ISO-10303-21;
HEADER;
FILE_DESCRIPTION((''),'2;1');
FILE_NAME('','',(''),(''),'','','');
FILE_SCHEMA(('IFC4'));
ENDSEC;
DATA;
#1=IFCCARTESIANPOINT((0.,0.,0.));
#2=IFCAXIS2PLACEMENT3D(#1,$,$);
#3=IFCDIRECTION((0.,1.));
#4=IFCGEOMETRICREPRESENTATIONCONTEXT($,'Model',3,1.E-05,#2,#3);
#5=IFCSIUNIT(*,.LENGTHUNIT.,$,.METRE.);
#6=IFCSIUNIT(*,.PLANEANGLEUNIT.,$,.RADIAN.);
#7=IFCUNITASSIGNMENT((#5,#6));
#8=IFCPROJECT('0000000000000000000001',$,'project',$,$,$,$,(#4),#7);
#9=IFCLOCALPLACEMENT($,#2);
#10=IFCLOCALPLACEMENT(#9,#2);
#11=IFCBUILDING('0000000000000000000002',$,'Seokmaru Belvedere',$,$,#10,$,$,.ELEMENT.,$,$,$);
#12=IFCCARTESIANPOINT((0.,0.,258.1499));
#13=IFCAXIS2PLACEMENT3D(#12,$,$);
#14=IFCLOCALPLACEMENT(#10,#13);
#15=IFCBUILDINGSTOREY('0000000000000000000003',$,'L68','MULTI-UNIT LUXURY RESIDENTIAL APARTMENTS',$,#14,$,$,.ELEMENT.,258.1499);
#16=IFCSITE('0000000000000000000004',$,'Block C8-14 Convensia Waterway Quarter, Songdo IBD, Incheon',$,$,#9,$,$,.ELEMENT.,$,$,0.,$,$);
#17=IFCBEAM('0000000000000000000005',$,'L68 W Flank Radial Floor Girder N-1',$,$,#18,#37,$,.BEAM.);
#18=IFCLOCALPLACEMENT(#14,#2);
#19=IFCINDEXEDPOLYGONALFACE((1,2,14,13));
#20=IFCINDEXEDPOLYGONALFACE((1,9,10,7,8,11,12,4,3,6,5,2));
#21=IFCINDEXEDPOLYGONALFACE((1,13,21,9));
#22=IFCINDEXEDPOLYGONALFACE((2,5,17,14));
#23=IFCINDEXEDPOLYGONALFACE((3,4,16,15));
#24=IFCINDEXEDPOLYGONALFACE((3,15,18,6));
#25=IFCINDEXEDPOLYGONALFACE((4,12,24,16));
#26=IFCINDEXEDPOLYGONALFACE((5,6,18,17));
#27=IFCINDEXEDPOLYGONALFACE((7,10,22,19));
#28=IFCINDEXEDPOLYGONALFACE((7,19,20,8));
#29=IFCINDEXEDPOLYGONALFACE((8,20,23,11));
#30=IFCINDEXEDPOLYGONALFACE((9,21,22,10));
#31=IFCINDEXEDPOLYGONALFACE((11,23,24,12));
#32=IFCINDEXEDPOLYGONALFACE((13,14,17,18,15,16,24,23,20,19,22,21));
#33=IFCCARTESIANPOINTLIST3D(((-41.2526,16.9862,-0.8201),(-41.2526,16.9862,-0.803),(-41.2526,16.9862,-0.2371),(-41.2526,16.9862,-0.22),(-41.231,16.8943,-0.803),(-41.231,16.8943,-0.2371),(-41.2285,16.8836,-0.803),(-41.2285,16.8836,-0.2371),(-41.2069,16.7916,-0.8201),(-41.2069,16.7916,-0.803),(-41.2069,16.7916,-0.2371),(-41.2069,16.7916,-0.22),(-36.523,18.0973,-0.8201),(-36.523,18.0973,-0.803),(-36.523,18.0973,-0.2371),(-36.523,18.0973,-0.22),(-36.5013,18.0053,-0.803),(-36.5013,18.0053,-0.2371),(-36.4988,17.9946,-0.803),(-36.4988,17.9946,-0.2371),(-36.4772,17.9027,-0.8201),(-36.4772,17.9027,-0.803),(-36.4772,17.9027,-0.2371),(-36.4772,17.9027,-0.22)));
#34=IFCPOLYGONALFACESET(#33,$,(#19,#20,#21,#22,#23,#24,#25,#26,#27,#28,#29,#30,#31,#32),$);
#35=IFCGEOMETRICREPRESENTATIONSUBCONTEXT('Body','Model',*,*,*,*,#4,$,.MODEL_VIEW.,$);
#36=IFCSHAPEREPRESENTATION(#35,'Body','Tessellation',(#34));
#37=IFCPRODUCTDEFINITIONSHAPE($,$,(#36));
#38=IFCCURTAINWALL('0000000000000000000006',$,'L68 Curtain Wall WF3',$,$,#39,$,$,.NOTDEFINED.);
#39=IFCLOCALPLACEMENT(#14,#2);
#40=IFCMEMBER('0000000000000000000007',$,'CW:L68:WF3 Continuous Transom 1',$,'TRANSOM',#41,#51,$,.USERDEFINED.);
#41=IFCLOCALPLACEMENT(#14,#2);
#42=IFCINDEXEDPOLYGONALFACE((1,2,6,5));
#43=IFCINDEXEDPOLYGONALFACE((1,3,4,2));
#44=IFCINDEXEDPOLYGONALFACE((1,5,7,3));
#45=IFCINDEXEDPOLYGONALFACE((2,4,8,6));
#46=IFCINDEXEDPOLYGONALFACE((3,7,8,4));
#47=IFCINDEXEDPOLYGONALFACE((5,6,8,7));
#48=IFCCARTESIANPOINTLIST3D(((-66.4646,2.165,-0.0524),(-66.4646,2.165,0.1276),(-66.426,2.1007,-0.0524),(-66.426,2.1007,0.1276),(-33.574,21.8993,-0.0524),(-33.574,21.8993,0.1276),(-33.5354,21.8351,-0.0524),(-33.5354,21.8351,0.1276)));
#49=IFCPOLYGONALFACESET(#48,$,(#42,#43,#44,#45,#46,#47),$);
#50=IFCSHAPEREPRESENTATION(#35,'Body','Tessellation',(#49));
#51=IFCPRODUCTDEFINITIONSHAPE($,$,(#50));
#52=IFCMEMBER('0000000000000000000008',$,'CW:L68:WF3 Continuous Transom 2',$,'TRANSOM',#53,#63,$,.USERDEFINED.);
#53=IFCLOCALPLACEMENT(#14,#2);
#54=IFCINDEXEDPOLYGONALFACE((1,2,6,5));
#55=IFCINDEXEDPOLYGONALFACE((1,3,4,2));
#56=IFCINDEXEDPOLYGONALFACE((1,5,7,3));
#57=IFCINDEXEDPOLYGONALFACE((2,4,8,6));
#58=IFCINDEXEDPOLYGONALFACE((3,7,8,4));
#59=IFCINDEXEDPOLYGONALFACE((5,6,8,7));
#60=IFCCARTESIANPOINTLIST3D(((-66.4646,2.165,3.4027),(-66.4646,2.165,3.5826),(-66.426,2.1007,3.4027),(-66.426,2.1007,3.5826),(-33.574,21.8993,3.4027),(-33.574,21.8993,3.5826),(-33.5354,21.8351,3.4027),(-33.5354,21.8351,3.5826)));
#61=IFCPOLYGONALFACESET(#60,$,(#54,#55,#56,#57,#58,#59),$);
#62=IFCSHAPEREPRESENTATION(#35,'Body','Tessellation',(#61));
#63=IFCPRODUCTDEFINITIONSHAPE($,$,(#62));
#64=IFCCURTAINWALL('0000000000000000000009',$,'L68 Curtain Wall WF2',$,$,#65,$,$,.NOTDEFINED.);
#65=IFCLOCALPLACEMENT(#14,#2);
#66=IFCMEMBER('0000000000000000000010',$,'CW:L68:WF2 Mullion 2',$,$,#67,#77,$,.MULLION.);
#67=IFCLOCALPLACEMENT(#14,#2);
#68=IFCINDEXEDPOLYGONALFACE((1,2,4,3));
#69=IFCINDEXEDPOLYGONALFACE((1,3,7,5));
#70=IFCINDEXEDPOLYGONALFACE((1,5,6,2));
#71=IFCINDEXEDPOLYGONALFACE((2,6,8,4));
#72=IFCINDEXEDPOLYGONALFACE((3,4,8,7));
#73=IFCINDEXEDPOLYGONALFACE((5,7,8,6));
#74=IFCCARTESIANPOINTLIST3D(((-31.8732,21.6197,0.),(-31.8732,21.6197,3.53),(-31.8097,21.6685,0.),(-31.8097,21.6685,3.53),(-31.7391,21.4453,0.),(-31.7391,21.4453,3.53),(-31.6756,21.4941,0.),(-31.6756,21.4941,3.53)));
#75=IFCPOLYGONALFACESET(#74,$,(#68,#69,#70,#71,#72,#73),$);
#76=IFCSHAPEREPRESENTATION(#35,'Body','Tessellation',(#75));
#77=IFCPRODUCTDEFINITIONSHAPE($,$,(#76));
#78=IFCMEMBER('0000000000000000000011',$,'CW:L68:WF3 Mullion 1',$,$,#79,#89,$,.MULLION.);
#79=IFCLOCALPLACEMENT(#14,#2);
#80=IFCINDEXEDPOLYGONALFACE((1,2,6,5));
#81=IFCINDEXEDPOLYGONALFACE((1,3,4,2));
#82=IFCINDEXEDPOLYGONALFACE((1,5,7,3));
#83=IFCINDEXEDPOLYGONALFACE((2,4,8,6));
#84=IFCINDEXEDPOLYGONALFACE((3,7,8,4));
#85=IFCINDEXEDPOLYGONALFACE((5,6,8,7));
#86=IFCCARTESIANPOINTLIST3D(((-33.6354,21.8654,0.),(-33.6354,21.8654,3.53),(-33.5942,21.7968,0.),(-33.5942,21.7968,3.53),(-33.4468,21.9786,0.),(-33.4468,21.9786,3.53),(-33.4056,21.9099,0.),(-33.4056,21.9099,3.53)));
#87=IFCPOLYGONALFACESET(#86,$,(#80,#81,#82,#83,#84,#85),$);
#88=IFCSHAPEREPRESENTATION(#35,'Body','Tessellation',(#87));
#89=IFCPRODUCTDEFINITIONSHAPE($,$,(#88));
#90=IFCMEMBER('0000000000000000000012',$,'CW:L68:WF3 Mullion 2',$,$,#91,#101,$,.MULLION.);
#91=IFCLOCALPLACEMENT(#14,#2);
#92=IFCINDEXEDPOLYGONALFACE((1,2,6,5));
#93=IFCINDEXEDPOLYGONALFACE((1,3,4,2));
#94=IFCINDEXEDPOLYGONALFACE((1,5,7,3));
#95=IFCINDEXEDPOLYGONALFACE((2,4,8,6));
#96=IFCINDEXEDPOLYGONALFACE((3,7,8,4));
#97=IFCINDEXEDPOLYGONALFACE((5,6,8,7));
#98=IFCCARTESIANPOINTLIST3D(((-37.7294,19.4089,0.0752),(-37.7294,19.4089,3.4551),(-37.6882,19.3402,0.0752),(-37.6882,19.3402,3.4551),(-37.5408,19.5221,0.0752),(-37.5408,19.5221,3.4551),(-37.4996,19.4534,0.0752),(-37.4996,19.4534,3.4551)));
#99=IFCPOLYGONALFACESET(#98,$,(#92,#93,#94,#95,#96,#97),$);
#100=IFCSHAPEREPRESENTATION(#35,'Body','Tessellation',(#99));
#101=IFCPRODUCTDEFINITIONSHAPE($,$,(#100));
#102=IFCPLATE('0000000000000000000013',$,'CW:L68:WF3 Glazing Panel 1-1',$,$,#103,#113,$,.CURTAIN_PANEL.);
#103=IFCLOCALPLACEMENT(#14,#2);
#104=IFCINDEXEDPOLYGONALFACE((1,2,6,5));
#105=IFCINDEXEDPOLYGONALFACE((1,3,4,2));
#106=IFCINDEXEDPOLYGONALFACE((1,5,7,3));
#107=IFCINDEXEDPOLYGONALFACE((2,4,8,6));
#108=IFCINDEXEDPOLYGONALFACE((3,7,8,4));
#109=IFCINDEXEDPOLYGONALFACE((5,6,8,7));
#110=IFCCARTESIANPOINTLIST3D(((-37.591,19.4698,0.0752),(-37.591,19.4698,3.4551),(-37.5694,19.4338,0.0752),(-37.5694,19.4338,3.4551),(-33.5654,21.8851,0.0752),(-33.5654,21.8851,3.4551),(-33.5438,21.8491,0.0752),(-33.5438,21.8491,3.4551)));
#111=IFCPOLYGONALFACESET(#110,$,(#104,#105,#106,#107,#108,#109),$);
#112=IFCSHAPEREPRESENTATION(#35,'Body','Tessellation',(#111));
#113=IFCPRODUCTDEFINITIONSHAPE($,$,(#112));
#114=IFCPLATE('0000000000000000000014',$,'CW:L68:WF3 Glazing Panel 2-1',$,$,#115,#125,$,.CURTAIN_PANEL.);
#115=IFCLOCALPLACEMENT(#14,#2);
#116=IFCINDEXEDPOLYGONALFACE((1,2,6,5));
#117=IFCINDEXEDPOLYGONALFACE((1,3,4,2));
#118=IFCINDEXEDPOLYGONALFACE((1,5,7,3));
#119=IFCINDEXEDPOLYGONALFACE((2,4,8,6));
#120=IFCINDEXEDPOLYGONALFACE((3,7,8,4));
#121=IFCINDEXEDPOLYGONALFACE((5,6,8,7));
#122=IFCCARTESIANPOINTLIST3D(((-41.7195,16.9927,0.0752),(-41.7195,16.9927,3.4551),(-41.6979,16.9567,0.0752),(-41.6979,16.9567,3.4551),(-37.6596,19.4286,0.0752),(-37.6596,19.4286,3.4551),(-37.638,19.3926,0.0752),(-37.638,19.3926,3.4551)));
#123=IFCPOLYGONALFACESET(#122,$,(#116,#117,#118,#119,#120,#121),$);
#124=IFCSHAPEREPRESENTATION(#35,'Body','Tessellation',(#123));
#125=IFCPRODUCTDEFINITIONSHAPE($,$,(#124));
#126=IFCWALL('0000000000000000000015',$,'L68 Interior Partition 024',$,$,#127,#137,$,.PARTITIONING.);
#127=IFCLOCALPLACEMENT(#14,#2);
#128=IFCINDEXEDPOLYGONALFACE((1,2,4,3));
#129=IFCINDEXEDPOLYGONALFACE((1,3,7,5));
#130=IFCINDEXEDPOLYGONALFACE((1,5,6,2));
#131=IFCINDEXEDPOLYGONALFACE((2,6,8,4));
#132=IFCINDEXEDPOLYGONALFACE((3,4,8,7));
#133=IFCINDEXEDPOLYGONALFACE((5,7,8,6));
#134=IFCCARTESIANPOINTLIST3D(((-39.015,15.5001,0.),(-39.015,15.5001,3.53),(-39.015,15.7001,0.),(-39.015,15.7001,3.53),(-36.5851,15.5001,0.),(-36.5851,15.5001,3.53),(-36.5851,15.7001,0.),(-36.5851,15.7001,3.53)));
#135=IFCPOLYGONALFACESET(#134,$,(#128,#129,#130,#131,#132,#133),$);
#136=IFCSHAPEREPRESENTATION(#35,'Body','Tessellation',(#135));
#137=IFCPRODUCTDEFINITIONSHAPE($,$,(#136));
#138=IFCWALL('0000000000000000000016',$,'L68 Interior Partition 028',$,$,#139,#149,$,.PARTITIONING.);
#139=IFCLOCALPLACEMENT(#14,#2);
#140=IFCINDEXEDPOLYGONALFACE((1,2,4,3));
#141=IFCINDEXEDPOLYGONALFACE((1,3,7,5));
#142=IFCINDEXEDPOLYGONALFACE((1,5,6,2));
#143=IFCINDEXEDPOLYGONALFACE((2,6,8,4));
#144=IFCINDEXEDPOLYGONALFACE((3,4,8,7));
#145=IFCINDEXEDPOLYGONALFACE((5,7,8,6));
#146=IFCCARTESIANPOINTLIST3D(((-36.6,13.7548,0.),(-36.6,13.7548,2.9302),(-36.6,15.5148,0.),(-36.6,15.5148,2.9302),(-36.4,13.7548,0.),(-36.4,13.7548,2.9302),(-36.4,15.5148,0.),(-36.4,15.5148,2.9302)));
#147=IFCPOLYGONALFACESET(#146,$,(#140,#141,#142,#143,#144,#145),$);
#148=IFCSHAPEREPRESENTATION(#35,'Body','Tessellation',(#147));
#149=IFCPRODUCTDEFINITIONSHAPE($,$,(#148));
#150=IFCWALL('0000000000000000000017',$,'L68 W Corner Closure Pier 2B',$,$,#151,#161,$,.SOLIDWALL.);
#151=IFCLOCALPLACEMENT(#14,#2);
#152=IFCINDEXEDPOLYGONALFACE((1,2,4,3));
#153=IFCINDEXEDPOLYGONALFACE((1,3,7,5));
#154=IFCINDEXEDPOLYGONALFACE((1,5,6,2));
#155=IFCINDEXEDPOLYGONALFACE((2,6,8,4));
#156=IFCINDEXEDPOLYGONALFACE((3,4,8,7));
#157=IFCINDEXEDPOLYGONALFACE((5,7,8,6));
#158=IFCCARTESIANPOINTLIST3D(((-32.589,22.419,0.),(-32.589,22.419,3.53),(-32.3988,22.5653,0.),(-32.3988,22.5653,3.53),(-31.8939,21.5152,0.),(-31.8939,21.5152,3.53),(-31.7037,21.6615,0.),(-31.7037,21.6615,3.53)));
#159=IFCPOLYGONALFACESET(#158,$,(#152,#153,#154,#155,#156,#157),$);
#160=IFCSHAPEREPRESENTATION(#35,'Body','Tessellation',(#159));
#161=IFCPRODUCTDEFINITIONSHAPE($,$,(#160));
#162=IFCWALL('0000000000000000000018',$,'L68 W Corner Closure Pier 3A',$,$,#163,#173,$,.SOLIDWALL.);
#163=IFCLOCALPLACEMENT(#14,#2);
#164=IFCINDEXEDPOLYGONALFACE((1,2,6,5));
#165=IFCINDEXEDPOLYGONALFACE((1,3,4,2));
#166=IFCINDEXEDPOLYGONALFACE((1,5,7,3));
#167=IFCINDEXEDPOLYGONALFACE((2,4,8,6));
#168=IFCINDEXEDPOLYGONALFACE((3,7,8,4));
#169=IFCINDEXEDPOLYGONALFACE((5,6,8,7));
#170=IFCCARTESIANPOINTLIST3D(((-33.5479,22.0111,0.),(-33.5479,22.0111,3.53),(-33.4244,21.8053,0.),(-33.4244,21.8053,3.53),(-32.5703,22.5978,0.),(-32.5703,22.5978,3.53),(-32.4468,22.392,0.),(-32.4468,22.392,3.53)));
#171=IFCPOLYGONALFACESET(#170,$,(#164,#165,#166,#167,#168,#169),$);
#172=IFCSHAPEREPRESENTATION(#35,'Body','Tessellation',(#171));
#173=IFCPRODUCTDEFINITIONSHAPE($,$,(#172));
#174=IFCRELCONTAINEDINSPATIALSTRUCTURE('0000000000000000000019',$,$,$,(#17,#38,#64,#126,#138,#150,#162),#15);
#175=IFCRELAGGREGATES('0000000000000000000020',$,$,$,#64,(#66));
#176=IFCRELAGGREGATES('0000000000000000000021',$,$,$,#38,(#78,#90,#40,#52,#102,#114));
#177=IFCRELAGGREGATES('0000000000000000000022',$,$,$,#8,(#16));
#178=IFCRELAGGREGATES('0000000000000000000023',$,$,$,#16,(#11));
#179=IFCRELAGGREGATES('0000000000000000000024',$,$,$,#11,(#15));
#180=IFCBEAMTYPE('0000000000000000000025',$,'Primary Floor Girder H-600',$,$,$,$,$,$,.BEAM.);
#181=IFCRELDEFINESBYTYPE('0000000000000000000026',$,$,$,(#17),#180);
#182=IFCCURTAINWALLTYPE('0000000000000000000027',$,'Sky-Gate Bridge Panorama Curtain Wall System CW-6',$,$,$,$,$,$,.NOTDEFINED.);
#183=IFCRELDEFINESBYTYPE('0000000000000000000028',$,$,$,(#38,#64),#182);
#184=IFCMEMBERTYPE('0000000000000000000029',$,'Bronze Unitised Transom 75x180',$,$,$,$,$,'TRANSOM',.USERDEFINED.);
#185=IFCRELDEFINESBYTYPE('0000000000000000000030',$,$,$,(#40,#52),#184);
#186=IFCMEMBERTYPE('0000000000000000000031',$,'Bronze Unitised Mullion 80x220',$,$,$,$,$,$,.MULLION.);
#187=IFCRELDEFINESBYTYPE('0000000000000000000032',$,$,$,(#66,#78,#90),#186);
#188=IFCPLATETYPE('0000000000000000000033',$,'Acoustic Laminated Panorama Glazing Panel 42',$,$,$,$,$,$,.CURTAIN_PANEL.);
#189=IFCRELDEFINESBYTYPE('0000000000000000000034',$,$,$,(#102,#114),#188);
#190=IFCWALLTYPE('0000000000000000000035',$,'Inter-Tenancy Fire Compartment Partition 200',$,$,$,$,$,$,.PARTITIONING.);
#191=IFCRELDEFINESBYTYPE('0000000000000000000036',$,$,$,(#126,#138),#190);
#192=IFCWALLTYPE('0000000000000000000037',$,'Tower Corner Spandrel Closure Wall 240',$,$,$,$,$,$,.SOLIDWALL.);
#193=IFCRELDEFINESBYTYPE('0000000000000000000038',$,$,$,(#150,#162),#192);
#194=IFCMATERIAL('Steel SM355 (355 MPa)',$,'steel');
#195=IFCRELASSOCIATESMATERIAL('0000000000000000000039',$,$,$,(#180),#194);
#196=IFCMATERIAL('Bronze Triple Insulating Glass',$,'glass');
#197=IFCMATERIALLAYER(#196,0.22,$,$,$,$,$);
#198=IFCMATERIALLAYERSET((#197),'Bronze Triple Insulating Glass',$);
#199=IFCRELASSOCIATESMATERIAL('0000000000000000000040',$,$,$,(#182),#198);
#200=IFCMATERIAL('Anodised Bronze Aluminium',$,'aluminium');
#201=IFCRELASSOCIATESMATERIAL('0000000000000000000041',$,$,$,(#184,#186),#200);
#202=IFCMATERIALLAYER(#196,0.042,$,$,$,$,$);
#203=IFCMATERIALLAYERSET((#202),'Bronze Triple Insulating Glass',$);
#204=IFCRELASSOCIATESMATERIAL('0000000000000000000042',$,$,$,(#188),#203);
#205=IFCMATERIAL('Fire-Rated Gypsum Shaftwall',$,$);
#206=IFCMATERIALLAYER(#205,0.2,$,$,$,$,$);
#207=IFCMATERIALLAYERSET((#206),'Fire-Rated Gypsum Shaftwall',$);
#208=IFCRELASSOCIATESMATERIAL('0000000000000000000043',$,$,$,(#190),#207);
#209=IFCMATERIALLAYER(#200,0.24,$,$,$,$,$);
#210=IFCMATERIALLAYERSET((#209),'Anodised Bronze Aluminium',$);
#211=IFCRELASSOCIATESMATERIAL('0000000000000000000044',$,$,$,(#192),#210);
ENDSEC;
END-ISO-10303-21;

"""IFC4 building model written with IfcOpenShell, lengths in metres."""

from ifc_helpers import new_model, si_unit, direction, frame, frame_2d, origin, origin_2d, place, context, subcontext, project, spatial, rectangle, i_section, extrude, source, transform, mapped, material, layer, layer_set, material_profile, profile_set, type_object, type_shapes, element, aggregate, save


model = new_model("IFC4")

# Units and contexts
model_context = context("Model", 3, precision=1e-05, world=origin(), true_north=direction((0.0, 1.0)))
body_context = subcontext(model_context, "Body", "Model", "MODEL_VIEW")
ifc_project = project(units=[si_unit("LENGTHUNIT", "METRE"), si_unit("PLANEANGLEUNIT", "RADIAN")], contexts=[model_context])

# Site, building, storey
site_placement = place(None, origin())
site = spatial("IfcSite", under=ifc_project, at=site_placement, Name="Block C8-14 Convensia Waterway Quarter, Songdo IBD, Incheon", CompositionType="ELEMENT", RefElevation=0.0)
building_placement = place(site_placement, origin())
building = spatial("IfcBuilding", under=site, at=building_placement, Name="Seokmaru Belvedere", CompositionType="ELEMENT")
storey_placement = place(building_placement, frame((0.0, 0.0, 258.1499)))
storey = spatial("IfcBuildingStorey", under=building, at=storey_placement, Name="L68", Description="MULTI-UNIT LUXURY RESIDENTIAL APARTMENTS", CompositionType="ELEMENT", Elevation=258.1499)

# Shared definitions
ifc_material_1 = material(Name="Steel SM355 (355 MPa)", Category="steel")

# Beam
ifc_material_profile_1 = material_profile(ifc_material_1, i_section(OverallWidth=0.2, OverallDepth=0.6001, WebThickness=0.011, FlangeThickness=0.0171, at=origin_2d()), Name="H-600x200x11x17")
ifc_profile_set_1 = profile_set([ifc_material_profile_1], Name="Steel SM355 (355 MPa)")
beam_type_1 = type_object("IfcBeamType", Name="Primary Floor Girder H-600", PredefinedType="BEAM", material=ifc_profile_set_1)
shared_shape_1 = source(origin(), body_context, "Body", "SweptSolid", [
    extrude(i_section(OverallWidth=0.2, OverallDepth=0.6001, WebThickness=0.011, FlangeThickness=0.0171, at=origin_2d()), origin(), (0.0, 0.0, 1.0), 4.8584),
])
beam_1_placement = place(storey_placement, frame((-41.2297, 16.8889, -0.52), z_axis=(0.973499, 0.228689, 0.0), x_axis=(-0.228689, 0.973499, 0.0)))
element("IfcBeam", 1, at=beam_1_placement, inside=storey, type_object=beam_type_1, Name="L68 W Flank Radial Floor Girder N-1", PredefinedType="BEAM", context=body_context, shape_type="MappedRepresentation", body=[
    mapped(shared_shape_1, transform((0.0, 0.0, 0.0), scale=1.0)),
])

# Curtain wall, members
ifc_material_2 = material(Name="Bronze Triple Insulating Glass", Category="glass")
ifc_layer_1 = layer(ifc_material_2, 0.22)
ifc_layer_set_1 = layer_set([ifc_layer_1], Name="Bronze Triple Insulating Glass")
curtain_wall_type = type_object("IfcCurtainWallType", Name="Sky-Gate Bridge Panorama Curtain Wall System CW-6", PredefinedType="NOTDEFINED", material=ifc_layer_set_1)
curtain_wall_1_placement = place(storey_placement, origin())
curtain_wall_1 = element("IfcCurtainWall", 2, at=curtain_wall_1_placement, inside=storey, type_object=curtain_wall_type, Name="L68 Curtain Wall WF3", PredefinedType="NOTDEFINED")
ifc_material_3 = material(Name="Anodised Bronze Aluminium", Category="aluminium")
ifc_material_profile_2 = material_profile(ifc_material_3, rectangle(XDim=0.075, YDim=0.1799, at=origin_2d()), Name="CW-T-75x180")
ifc_profile_set_2 = profile_set([ifc_material_profile_2], Name="Anodised Bronze Aluminium")
member_type_1 = type_object("IfcMemberType", Name="Bronze Unitised Transom 75x180", ElementType="TRANSOM", PredefinedType="USERDEFINED", material=ifc_profile_set_2)
shared_shape_2 = source(origin(), body_context, "Body", "SweptSolid", [
    extrude(rectangle(XDim=0.075, YDim=0.1799, at=origin_2d()), origin(), (0.0, 0.0, 1.0), 38.3567),
])
type_shapes(member_type_1, [shared_shape_2])
member_1_placement = place(storey_placement, frame((-33.5547, 21.8672, 0.0376), z_axis=(-0.857493, -0.514496, 0.0), x_axis=(0.514496, -0.857493, 0.0)))
member_1 = element("IfcMember", 3, at=member_1_placement, type_object=member_type_1, Name="CW:L68:WF3 Continuous Transom 1", ObjectType="TRANSOM", PredefinedType="USERDEFINED", context=body_context, shape_type="MappedRepresentation", body=[
    mapped(shared_shape_2, transform((0.0, 0.0, 0.0), scale=1.0)),
])
member_2_placement = place(storey_placement, frame((-33.5547, 21.8672, 3.4927), z_axis=(-0.857493, -0.514496, 0.0), x_axis=(0.514496, -0.857493, 0.0)))
member_2 = element("IfcMember", 4, at=member_2_placement, type_object=member_type_1, Name="CW:L68:WF3 Continuous Transom 2", ObjectType="TRANSOM", PredefinedType="USERDEFINED", context=body_context, shape_type="MappedRepresentation", body=[
    mapped(shared_shape_2, transform((0.0, 0.0, 0.0), scale=1.0)),
])

# Curtain wall, member
curtain_wall_2_placement = place(storey_placement, origin())
curtain_wall_2 = element("IfcCurtainWall", 5, at=curtain_wall_2_placement, inside=storey, type_object=curtain_wall_type, Name="L68 Curtain Wall WF2", PredefinedType="NOTDEFINED")
ifc_material_profile_3 = material_profile(ifc_material_3, rectangle(XDim=0.0801, YDim=0.22, at=origin_2d()), Name="CW-M-80x220")
ifc_profile_set_3 = profile_set([ifc_material_profile_3], Name="Anodised Bronze Aluminium")
member_type_2 = type_object("IfcMemberType", Name="Bronze Unitised Mullion 80x220", PredefinedType="MULLION", material=ifc_profile_set_3)
shared_shape_3 = source(origin(), body_context, "Body", "SweptSolid", [
    extrude(rectangle(XDim=0.0801, YDim=0.22, at=origin_2d()), origin(), (0.0, 0.0, 1.0), 3.53),
])
member_3_placement = place(storey_placement, frame((-31.7744, 21.5569, 0.0), z_axis=(0.0, 0.0, 1.0), x_axis=(-0.792631, -0.609701, 0.0)))
member_3 = element("IfcMember", 6, at=member_3_placement, type_object=member_type_2, Name="CW:L68:WF2 Mullion 2", PredefinedType="MULLION", context=body_context, shape_type="MappedRepresentation", body=[
    mapped(shared_shape_3, transform((0.0, 0.0, 0.0), scale=1.0)),
])
aggregate(curtain_wall_2, [member_3])

# Members
member_4_placement = place(storey_placement, frame((-33.5205, 21.8877, 0.0), z_axis=(0.0, 0.0, 1.0), x_axis=(0.514495, -0.857493, 0.0)))
member_4 = element("IfcMember", 7, at=member_4_placement, type_object=member_type_2, Name="CW:L68:WF3 Mullion 1", PredefinedType="MULLION", context=body_context, shape_type="MappedRepresentation", body=[
    mapped(shared_shape_3, transform((0.0, 0.0, 0.0), scale=1.0)),
])
shared_shape_4 = source(origin(), body_context, "Body", "SweptSolid", [
    extrude(rectangle(XDim=0.0801, YDim=0.22, at=origin_2d()), origin(), (0.0, 0.0, 1.0), 3.3799),
])
type_shapes(member_type_2, [shared_shape_3, shared_shape_4])
member_5_placement = place(storey_placement, frame((-37.6145, 19.4312, 0.0752), z_axis=(0.0, 0.0, 1.0), x_axis=(0.514495, -0.857493, 0.0)))
member_5 = element("IfcMember", 8, at=member_5_placement, type_object=member_type_2, Name="CW:L68:WF3 Mullion 2", PredefinedType="MULLION", context=body_context, shape_type="MappedRepresentation", body=[
    mapped(shared_shape_4, transform((0.0, 0.0, 0.0), scale=1.0)),
])

# Plates
ifc_layer_2 = layer(ifc_material_2, 0.042)
ifc_layer_set_2 = layer_set([ifc_layer_2], Name="Bronze Triple Insulating Glass")
plate_type = type_object("IfcPlateType", Name="Acoustic Laminated Panorama Glazing Panel 42", PredefinedType="CURTAIN_PANEL", material=ifc_layer_set_2)
shared_shape_5 = source(origin(), body_context, "Body", "SweptSolid", [
    extrude(rectangle(XDim=4.6946, YDim=0.042, at=origin_2d()), origin(), (0.0, 0.0, 1.0), 3.3799),
])
plate_1_placement = place(storey_placement, frame((-35.5674, 20.6594, 0.0752), z_axis=(0.0, 0.0, 1.0), x_axis=(-0.857493, -0.514495, 0.0)))
plate_1 = element("IfcPlate", 9, at=plate_1_placement, type_object=plate_type, Name="CW:L68:WF3 Glazing Panel 1-1", PredefinedType="CURTAIN_PANEL", context=body_context, shape_type="MappedRepresentation", body=[
    mapped(shared_shape_5, transform((0.0, 0.0, 0.0), scale=1.0)),
])
shared_shape_6 = source(origin(), body_context, "Body", "SweptSolid", [
    extrude(rectangle(XDim=4.7346, YDim=0.042, at=origin_2d()), origin(), (0.0, 0.0, 1.0), 3.3799),
])
type_shapes(plate_type, [shared_shape_5, shared_shape_6])
plate_2_placement = place(storey_placement, frame((-39.6787, 18.1926, 0.0752), z_axis=(0.0, 0.0, 1.0), x_axis=(-0.857493, -0.514495, 0.0)))
plate_2 = element("IfcPlate", 10, at=plate_2_placement, type_object=plate_type, Name="CW:L68:WF3 Glazing Panel 2-1", PredefinedType="CURTAIN_PANEL", context=body_context, shape_type="MappedRepresentation", body=[
    mapped(shared_shape_6, transform((0.0, 0.0, 0.0), scale=1.0)),
])
aggregate(curtain_wall_1, [member_4, member_5, member_1, member_2, plate_1, plate_2])

# Walls
ifc_material_4 = material(Name="Fire-Rated Gypsum Shaftwall")
ifc_layer_3 = layer(ifc_material_4, 0.2)
ifc_layer_set_3 = layer_set([ifc_layer_3], Name="Fire-Rated Gypsum Shaftwall")
wall_type_1 = type_object("IfcWallType", Name="Inter-Tenancy Fire Compartment Partition 200", PredefinedType="PARTITIONING", material=ifc_layer_set_3)
wall_1_placement = place(storey_placement, frame((-39.0149, 15.6001, 0.0), z_axis=(0.0, 0.0, 1.0), x_axis=(1.0, 0.0, 0.0)))
element("IfcWall", 11, at=wall_1_placement, inside=storey, type_object=wall_type_1, Name="L68 Interior Partition 024", PredefinedType="PARTITIONING", context=body_context, shape_type="SweptSolid", body=[
    extrude(rectangle(XDim=2.4299, YDim=0.2, at=frame_2d((1.2148, 0.0))), origin(), (0.0, 0.0, 1.0), 3.53),
])
wall_2_placement = place(storey_placement, frame((-36.5, 13.7549, 0.0), z_axis=(0.0, 0.0, 1.0), x_axis=(0.0, 1.0, 0.0)))
element("IfcWall", 12, at=wall_2_placement, inside=storey, type_object=wall_type_1, Name="L68 Interior Partition 028", PredefinedType="PARTITIONING", context=body_context, shape_type="SweptSolid", body=[
    extrude(rectangle(XDim=1.76, YDim=0.2, at=frame_2d((0.8799, 0.0))), origin(), (0.0, 0.0, 1.0), 2.9302),
])
ifc_layer_4 = layer(ifc_material_3, 0.24)
ifc_layer_set_4 = layer_set([ifc_layer_4], Name="Anodised Bronze Aluminium")
wall_type_2 = type_object("IfcWallType", Name="Tower Corner Spandrel Closure Wall 240", PredefinedType="SOLIDWALL", material=ifc_layer_set_4)
for number, where, z_axis, x_axis, name in (
    (13, (-31.7988, 21.5884, 0.0), (0.0, 0.0, 1.0), (-0.609618, 0.792696, 0.0), "L68 W Corner Closure Pier 2B"),
    (14, (-32.5085, 22.4949, 0.0), (0.0, 0.0, 1.0), (-0.857436, -0.51459, 0.0), "L68 W Corner Closure Pier 3A"),
):
    element("IfcWall", number, at=place(storey_placement, frame(where, z_axis=z_axis, x_axis=x_axis)), inside=storey, type_object=wall_type_2, Name=name, PredefinedType="SOLIDWALL", context=body_context, shape_type="SweptSolid", body=[
        extrude(rectangle(XDim=1.1401, YDim=0.24, at=frame_2d((0.5701, 0.0))), origin(), (0.0, 0.0, 1.0), 3.53),
    ])

save(model, "model.ifc")
